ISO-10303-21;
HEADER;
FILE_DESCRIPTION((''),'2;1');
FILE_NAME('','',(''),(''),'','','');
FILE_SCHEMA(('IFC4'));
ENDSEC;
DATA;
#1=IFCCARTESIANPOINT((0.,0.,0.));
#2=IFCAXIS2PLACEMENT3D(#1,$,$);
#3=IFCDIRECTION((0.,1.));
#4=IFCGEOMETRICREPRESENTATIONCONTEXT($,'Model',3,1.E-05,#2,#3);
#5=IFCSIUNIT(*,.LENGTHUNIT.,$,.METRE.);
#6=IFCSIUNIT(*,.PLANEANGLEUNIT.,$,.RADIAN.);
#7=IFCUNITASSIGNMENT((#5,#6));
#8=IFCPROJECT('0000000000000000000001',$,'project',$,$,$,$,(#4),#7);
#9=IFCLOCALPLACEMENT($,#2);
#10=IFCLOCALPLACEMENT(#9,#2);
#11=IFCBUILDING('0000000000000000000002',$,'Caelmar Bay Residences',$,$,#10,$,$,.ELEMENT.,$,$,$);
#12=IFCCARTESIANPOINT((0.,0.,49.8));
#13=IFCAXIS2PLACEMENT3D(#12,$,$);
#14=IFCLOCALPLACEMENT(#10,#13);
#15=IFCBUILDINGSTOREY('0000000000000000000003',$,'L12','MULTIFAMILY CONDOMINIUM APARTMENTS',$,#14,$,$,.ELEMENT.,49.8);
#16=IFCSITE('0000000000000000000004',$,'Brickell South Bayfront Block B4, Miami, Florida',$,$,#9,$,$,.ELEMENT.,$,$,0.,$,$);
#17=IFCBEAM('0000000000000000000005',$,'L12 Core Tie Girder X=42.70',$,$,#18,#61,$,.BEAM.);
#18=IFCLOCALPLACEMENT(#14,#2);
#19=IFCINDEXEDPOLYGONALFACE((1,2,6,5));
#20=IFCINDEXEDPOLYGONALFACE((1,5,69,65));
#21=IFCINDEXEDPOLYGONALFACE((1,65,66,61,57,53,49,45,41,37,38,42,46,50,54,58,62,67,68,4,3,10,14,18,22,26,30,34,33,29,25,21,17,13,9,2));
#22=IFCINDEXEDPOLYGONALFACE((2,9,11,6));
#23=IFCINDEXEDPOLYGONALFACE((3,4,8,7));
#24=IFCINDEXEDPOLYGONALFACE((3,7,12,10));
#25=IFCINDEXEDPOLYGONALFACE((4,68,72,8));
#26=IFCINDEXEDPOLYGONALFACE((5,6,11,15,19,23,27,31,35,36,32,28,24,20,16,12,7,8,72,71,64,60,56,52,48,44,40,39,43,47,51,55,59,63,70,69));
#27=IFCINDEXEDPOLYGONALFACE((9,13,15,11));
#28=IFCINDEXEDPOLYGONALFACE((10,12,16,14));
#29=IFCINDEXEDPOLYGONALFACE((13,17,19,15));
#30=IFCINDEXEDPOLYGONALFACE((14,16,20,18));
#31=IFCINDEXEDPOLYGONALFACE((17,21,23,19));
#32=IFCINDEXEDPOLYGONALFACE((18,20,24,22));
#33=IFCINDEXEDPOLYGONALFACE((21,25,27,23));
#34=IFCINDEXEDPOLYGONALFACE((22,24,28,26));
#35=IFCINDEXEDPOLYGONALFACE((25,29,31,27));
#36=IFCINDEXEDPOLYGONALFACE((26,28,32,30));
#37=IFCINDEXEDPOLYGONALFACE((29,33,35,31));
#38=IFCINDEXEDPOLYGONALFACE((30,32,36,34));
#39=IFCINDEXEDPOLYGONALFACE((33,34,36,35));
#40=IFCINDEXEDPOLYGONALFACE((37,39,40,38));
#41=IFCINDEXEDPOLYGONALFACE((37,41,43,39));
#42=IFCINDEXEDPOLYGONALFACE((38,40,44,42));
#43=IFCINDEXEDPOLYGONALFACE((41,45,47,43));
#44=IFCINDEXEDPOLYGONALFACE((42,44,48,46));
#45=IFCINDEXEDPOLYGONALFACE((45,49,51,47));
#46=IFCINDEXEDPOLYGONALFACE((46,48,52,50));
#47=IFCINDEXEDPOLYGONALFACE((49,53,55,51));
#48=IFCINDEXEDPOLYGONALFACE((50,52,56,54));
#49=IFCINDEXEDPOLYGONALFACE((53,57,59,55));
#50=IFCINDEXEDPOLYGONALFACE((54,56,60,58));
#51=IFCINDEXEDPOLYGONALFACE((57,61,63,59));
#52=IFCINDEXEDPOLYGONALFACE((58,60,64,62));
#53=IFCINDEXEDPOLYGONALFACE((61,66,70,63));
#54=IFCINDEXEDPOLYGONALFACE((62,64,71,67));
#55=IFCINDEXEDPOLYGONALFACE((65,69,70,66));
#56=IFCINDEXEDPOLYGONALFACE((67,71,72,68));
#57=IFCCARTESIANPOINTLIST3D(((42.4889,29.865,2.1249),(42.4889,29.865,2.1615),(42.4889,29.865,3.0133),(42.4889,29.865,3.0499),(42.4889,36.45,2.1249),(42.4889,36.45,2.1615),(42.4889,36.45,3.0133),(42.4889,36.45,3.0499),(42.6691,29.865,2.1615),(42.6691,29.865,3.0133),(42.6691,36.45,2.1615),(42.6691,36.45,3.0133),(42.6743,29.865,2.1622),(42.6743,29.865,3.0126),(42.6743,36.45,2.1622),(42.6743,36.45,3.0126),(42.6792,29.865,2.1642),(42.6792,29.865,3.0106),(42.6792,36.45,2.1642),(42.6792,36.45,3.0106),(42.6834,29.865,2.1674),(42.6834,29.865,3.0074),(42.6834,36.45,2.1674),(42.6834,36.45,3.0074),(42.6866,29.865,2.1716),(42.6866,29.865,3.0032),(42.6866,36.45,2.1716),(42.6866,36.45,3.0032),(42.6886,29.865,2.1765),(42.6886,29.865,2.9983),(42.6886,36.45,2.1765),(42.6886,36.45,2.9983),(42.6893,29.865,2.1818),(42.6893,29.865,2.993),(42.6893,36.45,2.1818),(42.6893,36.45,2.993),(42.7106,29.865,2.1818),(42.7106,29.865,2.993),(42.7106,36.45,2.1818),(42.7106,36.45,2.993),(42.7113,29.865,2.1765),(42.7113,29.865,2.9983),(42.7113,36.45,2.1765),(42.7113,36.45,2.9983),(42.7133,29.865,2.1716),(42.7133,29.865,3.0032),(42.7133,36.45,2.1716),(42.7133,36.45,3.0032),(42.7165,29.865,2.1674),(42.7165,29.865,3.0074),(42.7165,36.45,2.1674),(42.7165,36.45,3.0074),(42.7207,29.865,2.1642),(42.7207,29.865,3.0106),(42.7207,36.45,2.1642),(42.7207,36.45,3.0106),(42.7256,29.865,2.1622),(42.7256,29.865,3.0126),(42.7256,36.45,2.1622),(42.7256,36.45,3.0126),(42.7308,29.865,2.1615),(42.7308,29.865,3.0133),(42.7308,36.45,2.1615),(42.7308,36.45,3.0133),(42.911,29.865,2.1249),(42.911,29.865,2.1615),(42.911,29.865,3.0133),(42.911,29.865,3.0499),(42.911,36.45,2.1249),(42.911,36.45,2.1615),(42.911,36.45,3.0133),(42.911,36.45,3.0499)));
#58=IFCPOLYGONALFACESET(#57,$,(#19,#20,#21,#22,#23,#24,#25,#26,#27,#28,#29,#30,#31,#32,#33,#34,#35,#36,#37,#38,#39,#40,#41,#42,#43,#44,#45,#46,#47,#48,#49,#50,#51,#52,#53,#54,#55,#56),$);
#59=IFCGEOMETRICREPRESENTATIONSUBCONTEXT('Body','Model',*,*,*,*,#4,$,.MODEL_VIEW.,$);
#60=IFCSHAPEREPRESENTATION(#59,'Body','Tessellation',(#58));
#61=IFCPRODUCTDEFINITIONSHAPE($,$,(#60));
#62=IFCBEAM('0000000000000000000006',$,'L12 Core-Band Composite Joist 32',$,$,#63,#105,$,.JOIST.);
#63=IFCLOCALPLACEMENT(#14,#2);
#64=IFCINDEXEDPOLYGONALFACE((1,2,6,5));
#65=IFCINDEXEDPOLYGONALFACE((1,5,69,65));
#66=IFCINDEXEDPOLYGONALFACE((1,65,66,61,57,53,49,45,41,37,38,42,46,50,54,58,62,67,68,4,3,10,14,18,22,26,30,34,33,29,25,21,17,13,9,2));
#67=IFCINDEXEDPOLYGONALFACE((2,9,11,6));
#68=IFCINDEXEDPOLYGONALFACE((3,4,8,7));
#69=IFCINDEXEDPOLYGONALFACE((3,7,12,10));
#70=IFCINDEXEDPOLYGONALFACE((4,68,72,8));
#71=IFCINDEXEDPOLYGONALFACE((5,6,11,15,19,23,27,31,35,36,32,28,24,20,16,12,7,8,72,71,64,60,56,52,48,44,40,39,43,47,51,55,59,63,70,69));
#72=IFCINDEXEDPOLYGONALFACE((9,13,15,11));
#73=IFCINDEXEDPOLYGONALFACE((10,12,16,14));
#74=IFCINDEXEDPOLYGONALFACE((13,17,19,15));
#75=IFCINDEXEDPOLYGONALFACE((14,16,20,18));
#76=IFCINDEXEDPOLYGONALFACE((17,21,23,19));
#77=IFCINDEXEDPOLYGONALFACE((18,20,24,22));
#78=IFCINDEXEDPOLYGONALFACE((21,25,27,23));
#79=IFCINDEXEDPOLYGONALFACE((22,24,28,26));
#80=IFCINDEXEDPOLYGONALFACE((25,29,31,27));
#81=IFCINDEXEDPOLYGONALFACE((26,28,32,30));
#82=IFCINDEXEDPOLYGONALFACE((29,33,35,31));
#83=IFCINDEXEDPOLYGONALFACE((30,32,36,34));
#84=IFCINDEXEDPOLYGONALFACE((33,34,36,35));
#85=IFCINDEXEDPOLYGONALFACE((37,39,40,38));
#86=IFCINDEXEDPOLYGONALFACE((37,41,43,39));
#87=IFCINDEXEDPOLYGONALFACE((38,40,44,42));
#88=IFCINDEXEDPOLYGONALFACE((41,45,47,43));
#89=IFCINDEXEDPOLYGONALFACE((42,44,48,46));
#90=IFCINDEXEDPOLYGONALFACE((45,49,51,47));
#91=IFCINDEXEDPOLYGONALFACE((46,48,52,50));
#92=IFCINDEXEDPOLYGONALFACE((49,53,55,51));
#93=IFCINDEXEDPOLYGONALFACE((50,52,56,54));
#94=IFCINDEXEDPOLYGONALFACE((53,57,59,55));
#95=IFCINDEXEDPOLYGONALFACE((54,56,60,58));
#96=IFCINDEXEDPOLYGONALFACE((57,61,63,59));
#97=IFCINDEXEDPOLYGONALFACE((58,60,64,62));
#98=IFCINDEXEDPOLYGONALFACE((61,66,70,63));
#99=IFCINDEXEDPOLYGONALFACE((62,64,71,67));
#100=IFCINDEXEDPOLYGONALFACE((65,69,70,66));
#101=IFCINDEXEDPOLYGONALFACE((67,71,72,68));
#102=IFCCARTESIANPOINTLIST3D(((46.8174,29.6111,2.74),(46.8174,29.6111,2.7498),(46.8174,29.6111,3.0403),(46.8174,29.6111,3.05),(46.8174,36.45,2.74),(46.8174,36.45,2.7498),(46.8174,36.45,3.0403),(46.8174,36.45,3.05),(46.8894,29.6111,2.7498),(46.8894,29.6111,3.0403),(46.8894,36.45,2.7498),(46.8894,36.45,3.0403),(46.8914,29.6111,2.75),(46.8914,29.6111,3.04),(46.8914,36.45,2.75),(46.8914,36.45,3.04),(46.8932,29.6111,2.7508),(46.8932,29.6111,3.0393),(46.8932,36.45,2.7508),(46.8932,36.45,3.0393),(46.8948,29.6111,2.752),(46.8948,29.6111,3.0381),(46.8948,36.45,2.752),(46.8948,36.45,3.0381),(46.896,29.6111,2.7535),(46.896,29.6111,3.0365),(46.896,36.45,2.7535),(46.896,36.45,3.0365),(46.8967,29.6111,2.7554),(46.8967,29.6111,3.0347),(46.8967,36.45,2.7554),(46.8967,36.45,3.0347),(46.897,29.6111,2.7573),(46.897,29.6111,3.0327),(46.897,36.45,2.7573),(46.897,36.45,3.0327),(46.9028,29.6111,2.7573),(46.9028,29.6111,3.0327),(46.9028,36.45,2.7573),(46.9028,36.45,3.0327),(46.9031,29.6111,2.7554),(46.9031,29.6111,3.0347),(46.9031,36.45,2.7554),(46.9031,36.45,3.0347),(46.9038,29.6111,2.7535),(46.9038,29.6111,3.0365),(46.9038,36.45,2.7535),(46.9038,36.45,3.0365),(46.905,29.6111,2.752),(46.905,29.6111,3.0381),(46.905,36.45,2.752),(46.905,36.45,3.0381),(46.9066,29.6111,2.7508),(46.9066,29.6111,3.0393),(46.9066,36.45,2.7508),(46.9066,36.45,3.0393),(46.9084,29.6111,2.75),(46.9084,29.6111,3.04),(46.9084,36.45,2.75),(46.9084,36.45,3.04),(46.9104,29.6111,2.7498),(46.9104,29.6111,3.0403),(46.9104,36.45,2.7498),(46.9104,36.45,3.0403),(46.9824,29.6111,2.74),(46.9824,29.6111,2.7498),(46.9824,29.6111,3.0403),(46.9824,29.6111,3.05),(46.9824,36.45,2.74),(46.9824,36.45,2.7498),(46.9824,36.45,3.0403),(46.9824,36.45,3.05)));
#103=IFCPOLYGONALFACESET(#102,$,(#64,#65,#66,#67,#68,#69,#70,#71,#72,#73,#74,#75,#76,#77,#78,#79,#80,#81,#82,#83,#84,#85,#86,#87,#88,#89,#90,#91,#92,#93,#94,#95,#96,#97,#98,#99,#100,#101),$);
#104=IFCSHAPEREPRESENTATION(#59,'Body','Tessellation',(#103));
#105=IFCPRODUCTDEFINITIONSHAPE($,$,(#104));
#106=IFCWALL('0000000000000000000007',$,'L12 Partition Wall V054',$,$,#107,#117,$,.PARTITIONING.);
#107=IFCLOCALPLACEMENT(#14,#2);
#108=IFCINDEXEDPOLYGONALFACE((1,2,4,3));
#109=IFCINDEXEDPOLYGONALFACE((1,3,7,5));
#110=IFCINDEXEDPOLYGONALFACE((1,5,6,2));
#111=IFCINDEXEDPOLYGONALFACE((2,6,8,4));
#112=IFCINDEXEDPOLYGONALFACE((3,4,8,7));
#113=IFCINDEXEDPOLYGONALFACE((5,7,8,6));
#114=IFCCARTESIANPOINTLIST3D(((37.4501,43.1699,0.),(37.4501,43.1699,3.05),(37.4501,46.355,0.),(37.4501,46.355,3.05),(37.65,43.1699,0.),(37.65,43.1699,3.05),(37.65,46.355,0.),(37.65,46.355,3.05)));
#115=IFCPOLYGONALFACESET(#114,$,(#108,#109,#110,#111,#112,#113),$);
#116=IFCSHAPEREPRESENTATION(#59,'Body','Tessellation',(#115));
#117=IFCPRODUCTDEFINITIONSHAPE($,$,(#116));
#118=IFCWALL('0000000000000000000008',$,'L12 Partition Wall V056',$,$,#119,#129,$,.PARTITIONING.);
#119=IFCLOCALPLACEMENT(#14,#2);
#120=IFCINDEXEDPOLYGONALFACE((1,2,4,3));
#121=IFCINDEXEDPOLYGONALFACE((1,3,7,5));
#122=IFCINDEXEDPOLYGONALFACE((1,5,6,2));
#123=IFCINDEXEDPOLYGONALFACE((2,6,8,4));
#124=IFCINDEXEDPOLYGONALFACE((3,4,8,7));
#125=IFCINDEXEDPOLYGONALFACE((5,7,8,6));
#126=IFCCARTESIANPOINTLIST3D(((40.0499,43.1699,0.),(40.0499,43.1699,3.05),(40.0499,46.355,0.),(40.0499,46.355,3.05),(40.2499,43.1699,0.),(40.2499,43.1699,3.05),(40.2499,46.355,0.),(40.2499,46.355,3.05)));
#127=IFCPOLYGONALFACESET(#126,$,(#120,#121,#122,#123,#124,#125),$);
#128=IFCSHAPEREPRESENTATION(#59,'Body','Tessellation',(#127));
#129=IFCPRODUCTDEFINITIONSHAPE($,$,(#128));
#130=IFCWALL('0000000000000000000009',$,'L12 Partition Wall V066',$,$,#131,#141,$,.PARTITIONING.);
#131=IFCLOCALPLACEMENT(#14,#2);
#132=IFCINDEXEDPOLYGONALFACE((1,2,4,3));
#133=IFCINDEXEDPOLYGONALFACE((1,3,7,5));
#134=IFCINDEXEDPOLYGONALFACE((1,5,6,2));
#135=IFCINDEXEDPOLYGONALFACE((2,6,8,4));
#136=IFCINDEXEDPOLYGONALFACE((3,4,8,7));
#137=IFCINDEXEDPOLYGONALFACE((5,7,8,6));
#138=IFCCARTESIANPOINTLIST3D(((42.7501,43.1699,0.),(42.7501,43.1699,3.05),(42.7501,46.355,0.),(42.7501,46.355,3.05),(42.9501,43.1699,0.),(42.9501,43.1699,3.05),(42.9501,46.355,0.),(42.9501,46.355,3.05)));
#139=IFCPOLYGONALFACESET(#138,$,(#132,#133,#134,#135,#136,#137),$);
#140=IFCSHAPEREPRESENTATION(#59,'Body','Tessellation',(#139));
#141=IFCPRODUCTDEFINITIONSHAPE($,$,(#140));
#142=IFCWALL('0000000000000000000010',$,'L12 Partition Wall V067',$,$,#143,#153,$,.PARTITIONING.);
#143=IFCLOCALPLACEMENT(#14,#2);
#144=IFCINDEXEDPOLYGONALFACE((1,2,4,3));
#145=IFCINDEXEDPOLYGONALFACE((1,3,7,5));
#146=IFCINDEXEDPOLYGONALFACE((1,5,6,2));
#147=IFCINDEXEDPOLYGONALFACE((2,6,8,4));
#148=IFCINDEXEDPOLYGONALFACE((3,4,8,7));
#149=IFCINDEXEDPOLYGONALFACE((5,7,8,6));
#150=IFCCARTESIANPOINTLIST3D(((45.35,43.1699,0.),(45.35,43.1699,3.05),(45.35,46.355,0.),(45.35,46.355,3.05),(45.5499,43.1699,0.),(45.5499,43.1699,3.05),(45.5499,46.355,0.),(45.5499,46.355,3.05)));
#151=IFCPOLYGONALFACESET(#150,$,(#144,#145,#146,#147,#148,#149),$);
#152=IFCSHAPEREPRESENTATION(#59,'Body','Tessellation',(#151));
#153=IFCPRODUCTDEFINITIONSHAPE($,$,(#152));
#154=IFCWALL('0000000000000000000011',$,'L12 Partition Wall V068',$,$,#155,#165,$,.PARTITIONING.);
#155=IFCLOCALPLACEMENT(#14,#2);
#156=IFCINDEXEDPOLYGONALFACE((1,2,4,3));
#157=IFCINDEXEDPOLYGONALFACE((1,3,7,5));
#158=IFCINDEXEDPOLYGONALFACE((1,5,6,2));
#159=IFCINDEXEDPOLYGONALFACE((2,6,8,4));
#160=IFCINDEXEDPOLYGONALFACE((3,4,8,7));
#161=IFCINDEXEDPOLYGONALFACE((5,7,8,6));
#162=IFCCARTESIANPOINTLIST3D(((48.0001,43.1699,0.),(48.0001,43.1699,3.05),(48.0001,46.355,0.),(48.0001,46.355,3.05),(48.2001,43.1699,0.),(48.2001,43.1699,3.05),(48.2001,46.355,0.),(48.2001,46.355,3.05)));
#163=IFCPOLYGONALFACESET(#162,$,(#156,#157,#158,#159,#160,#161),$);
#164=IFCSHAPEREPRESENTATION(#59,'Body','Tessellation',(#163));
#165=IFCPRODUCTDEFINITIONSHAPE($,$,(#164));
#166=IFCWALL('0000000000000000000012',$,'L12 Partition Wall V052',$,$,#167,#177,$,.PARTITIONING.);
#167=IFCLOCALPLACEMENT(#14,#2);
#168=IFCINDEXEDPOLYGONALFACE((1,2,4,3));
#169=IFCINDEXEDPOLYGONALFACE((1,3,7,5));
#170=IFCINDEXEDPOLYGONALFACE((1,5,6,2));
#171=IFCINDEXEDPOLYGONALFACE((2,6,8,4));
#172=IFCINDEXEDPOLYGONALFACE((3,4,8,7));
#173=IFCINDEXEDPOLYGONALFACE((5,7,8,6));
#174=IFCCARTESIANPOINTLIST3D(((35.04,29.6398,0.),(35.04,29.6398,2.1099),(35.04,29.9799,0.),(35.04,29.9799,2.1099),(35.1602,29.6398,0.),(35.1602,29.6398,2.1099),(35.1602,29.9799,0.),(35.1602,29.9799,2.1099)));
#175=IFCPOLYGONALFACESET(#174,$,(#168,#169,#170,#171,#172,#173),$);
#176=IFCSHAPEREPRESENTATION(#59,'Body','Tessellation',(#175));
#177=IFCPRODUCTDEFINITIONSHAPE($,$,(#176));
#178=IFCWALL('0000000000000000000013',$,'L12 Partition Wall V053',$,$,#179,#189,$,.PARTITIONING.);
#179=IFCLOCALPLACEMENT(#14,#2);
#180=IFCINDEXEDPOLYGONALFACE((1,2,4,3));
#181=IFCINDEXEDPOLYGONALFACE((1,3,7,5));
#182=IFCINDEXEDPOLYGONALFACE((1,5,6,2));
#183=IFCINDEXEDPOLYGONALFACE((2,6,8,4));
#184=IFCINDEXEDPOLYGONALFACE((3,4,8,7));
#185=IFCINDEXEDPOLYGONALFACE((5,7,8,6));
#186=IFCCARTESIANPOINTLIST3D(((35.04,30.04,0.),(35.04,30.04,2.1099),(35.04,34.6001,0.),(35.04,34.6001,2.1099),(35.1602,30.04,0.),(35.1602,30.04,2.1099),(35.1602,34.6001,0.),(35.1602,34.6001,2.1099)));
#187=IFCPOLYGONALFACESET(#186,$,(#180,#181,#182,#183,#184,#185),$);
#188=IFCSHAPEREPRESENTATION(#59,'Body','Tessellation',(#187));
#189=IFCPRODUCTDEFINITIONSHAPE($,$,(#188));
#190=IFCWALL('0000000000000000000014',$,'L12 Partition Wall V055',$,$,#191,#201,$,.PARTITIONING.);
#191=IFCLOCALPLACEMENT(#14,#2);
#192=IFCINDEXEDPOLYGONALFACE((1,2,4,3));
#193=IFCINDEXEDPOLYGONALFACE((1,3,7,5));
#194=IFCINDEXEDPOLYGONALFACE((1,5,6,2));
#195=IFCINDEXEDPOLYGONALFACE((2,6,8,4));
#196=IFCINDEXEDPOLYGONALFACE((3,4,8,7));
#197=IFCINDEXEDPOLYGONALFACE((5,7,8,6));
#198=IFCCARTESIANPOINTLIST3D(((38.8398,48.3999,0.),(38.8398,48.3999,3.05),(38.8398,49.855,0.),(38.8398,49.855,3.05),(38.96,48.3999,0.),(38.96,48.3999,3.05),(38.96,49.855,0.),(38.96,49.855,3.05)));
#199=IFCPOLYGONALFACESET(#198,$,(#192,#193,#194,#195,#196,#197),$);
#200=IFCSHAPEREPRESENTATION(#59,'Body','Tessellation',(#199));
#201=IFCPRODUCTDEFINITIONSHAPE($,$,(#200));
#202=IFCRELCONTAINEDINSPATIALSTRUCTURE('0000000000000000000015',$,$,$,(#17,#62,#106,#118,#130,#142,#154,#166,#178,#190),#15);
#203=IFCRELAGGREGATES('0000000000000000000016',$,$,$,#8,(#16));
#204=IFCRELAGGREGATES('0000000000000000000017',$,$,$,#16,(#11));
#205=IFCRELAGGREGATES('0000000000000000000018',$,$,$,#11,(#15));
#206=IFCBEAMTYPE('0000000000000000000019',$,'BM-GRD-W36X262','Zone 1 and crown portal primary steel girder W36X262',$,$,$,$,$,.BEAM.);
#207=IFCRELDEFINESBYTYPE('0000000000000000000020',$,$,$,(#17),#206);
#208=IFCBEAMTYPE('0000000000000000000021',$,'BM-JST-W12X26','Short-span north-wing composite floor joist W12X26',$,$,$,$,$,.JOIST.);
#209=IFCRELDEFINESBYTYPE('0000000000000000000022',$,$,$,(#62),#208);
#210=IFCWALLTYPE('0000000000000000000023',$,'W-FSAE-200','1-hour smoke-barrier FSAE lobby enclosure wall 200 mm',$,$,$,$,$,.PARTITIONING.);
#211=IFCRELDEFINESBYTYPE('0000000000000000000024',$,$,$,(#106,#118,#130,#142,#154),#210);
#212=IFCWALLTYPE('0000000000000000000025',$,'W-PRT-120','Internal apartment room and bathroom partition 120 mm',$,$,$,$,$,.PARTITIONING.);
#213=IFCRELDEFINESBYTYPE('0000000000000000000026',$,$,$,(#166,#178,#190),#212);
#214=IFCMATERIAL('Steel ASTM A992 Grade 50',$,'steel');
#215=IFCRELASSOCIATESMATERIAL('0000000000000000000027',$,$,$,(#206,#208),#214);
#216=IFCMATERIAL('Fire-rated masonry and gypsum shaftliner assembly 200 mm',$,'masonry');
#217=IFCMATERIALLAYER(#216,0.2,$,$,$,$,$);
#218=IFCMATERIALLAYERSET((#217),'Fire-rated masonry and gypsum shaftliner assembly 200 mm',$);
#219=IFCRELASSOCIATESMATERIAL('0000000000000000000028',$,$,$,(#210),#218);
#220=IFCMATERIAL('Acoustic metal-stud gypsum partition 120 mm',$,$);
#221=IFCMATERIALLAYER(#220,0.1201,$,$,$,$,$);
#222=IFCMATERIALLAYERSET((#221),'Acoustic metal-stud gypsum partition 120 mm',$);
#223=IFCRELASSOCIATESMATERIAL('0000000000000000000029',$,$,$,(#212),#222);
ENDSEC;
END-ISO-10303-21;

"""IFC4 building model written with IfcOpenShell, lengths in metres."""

from ifc_helpers import new_model, si_unit, direction, frame, frame_2d, origin, origin_2d, place, context, subcontext, project, spatial, rectangle, i_section, extrude, material, layer, layer_set, material_profile, profile_set, type_object, element, save


model = new_model("IFC4")

# Units and contexts
model_context = context("Model", 3, precision=1e-05, world=origin(), true_north=direction((0.0, 1.0)))
body_context = subcontext(model_context, "Body", "Model", "MODEL_VIEW")
ifc_project = project(units=[si_unit("LENGTHUNIT", "METRE"), si_unit("PLANEANGLEUNIT", "RADIAN")], contexts=[model_context])

# Site, building, storey
site_placement = place(None, origin())
site = spatial("IfcSite", under=ifc_project, at=site_placement, Name="Brickell South Bayfront Block B4, Miami, Florida", CompositionType="ELEMENT", RefElevation=0.0)
building_placement = place(site_placement, origin())
building = spatial("IfcBuilding", under=site, at=building_placement, Name="Caelmar Bay Residences", CompositionType="ELEMENT")
storey_placement = place(building_placement, frame((0.0, 0.0, 49.8)))
storey = spatial("IfcBuildingStorey", under=building, at=storey_placement, Name="L12", Description="MULTIFAMILY CONDOMINIUM APARTMENTS", CompositionType="ELEMENT", Elevation=49.8)

# Beams
ifc_material_1 = material(Name="Steel ASTM A992 Grade 50", Category="steel")
ifc_material_profile_1 = material_profile(ifc_material_1, i_section(OverallWidth=0.4221, OverallDepth=0.925, WebThickness=0.0212, FlangeThickness=0.0366, FilletRadius=0.0203, at=origin_2d()), Name="W36X262")
ifc_profile_set_1 = profile_set([ifc_material_profile_1], Name="Steel ASTM A992 Grade 50")
beam_type_1 = type_object("IfcBeamType", Name="BM-GRD-W36X262", Description="Zone 1 and crown portal primary steel girder W36X262", PredefinedType="BEAM", material=ifc_profile_set_1)
beam_1_placement = place(storey_placement, frame((42.7, 29.865, 2.5874), z_axis=(0.0, 1.0, 0.0), x_axis=(-1.0, 0.0, 0.0)))
element("IfcBeam", 1, at=beam_1_placement, inside=storey, type_object=beam_type_1, Name="L12 Core Tie Girder X=42.70", PredefinedType="BEAM", context=body_context, shape_type="SweptSolid", body=[
    extrude(i_section(OverallWidth=0.4221, OverallDepth=0.925, WebThickness=0.0212, FlangeThickness=0.0366, FilletRadius=0.0203, at=origin_2d()), origin(), (0.0, 0.0, 1.0), 6.585),
])
ifc_material_profile_2 = material_profile(ifc_material_1, i_section(OverallWidth=0.165, OverallDepth=0.3101, WebThickness=0.0059, FlangeThickness=0.0098, FilletRadius=0.0076, at=origin_2d()), Name="W12X26")
ifc_profile_set_2 = profile_set([ifc_material_profile_2], Name="Steel ASTM A992 Grade 50")
beam_type_2 = type_object("IfcBeamType", Name="BM-JST-W12X26", Description="Short-span north-wing composite floor joist W12X26", PredefinedType="JOIST", material=ifc_profile_set_2)
beam_2_placement = place(storey_placement, frame((46.8999, 29.6111, 2.895), z_axis=(0.0, 1.0, 0.0), x_axis=(-1.0, 0.0, 0.0)))
element("IfcBeam", 2, at=beam_2_placement, inside=storey, type_object=beam_type_2, Name="L12 Core-Band Composite Joist 32", PredefinedType="JOIST", context=body_context, shape_type="SweptSolid", body=[
    extrude(i_section(OverallWidth=0.165, OverallDepth=0.3101, WebThickness=0.0059, FlangeThickness=0.0098, FilletRadius=0.0076, at=origin_2d()), origin(), (0.0, 0.0, 1.0), 6.8389),
])

# Walls
ifc_material_2 = material(Name="Fire-rated masonry and gypsum shaftliner assembly 200 mm", Category="masonry")
ifc_layer_1 = layer(ifc_material_2, 0.2)
ifc_layer_set_1 = layer_set([ifc_layer_1], Name="Fire-rated masonry and gypsum shaftliner assembly 200 mm")
wall_type_1 = type_object("IfcWallType", Name="W-FSAE-200", Description="1-hour smoke-barrier FSAE lobby enclosure wall 200 mm", PredefinedType="PARTITIONING", material=ifc_layer_set_1)
for number, where, z_axis, x_axis, name in (
    (3, (37.55, 43.1699, 0.0), (0.0, 0.0, 1.0), (0.0, 1.0, 0.0), "L12 Partition Wall V054"),
    (4, (40.1499, 43.1699, 0.0), (0.0, 0.0, 1.0), (0.0, 1.0, 0.0), "L12 Partition Wall V056"),
    (5, (42.8501, 43.1699, 0.0), (0.0, 0.0, 1.0), (0.0, 1.0, 0.0), "L12 Partition Wall V066"),
    (6, (45.45, 43.1699, 0.0), (0.0, 0.0, 1.0), (0.0, 1.0, 0.0), "L12 Partition Wall V067"),
    (7, (48.1001, 43.1699, 0.0), (0.0, 0.0, 1.0), (0.0, 1.0, 0.0), "L12 Partition Wall V068"),
):
    element("IfcWall", number, at=place(storey_placement, frame(where, z_axis=z_axis, x_axis=x_axis)), inside=storey, type_object=wall_type_1, Name=name, PredefinedType="PARTITIONING", context=body_context, shape_type="SweptSolid", body=[
        extrude(rectangle(XDim=3.1851, YDim=0.2, at=frame_2d((1.5925, 0.0))), origin(), (0.0, 0.0, 1.0), 3.05),
    ])
ifc_material_3 = material(Name="Acoustic metal-stud gypsum partition 120 mm")
ifc_layer_2 = layer(ifc_material_3, 0.1201)
ifc_layer_set_2 = layer_set([ifc_layer_2], Name="Acoustic metal-stud gypsum partition 120 mm")
wall_type_2 = type_object("IfcWallType", Name="W-PRT-120", Description="Internal apartment room and bathroom partition 120 mm", PredefinedType="PARTITIONING", material=ifc_layer_set_2)
wall_1_placement = place(storey_placement, frame((35.1001, 29.6399, 0.0), z_axis=(0.0, 0.0, 1.0), x_axis=(0.0, 1.0, 0.0)))
element("IfcWall", 8, at=wall_1_placement, inside=storey, type_object=wall_type_2, Name="L12 Partition Wall V052", PredefinedType="PARTITIONING", context=body_context, shape_type="SweptSolid", body=[
    extrude(rectangle(XDim=0.3401, YDim=0.1201, at=frame_2d((0.1699, 0.0))), origin(), (0.0, 0.0, 1.0), 2.1099),
])
wall_2_placement = place(storey_placement, frame((35.1001, 30.04, 0.0), z_axis=(0.0, 0.0, 1.0), x_axis=(0.0, 1.0, 0.0)))
element("IfcWall", 9, at=wall_2_placement, inside=storey, type_object=wall_type_2, Name="L12 Partition Wall V053", PredefinedType="PARTITIONING", context=body_context, shape_type="SweptSolid", body=[
    extrude(rectangle(XDim=4.5601, YDim=0.1201, at=frame_2d((2.28, 0.0))), origin(), (0.0, 0.0, 1.0), 2.1099),
])
wall_3_placement = place(storey_placement, frame((38.8999, 48.3999, 0.0), z_axis=(0.0, 0.0, 1.0), x_axis=(0.0, 1.0, 0.0)))
element("IfcWall", 10, at=wall_3_placement, inside=storey, type_object=wall_type_2, Name="L12 Partition Wall V055", PredefinedType="PARTITIONING", context=body_context, shape_type="SweptSolid", body=[
    extrude(rectangle(XDim=1.4551, YDim=0.1201, at=frame_2d((0.7275, 0.0))), origin(), (0.0, 0.0, 1.0), 3.05),
])

save(model, "model.ifc")
